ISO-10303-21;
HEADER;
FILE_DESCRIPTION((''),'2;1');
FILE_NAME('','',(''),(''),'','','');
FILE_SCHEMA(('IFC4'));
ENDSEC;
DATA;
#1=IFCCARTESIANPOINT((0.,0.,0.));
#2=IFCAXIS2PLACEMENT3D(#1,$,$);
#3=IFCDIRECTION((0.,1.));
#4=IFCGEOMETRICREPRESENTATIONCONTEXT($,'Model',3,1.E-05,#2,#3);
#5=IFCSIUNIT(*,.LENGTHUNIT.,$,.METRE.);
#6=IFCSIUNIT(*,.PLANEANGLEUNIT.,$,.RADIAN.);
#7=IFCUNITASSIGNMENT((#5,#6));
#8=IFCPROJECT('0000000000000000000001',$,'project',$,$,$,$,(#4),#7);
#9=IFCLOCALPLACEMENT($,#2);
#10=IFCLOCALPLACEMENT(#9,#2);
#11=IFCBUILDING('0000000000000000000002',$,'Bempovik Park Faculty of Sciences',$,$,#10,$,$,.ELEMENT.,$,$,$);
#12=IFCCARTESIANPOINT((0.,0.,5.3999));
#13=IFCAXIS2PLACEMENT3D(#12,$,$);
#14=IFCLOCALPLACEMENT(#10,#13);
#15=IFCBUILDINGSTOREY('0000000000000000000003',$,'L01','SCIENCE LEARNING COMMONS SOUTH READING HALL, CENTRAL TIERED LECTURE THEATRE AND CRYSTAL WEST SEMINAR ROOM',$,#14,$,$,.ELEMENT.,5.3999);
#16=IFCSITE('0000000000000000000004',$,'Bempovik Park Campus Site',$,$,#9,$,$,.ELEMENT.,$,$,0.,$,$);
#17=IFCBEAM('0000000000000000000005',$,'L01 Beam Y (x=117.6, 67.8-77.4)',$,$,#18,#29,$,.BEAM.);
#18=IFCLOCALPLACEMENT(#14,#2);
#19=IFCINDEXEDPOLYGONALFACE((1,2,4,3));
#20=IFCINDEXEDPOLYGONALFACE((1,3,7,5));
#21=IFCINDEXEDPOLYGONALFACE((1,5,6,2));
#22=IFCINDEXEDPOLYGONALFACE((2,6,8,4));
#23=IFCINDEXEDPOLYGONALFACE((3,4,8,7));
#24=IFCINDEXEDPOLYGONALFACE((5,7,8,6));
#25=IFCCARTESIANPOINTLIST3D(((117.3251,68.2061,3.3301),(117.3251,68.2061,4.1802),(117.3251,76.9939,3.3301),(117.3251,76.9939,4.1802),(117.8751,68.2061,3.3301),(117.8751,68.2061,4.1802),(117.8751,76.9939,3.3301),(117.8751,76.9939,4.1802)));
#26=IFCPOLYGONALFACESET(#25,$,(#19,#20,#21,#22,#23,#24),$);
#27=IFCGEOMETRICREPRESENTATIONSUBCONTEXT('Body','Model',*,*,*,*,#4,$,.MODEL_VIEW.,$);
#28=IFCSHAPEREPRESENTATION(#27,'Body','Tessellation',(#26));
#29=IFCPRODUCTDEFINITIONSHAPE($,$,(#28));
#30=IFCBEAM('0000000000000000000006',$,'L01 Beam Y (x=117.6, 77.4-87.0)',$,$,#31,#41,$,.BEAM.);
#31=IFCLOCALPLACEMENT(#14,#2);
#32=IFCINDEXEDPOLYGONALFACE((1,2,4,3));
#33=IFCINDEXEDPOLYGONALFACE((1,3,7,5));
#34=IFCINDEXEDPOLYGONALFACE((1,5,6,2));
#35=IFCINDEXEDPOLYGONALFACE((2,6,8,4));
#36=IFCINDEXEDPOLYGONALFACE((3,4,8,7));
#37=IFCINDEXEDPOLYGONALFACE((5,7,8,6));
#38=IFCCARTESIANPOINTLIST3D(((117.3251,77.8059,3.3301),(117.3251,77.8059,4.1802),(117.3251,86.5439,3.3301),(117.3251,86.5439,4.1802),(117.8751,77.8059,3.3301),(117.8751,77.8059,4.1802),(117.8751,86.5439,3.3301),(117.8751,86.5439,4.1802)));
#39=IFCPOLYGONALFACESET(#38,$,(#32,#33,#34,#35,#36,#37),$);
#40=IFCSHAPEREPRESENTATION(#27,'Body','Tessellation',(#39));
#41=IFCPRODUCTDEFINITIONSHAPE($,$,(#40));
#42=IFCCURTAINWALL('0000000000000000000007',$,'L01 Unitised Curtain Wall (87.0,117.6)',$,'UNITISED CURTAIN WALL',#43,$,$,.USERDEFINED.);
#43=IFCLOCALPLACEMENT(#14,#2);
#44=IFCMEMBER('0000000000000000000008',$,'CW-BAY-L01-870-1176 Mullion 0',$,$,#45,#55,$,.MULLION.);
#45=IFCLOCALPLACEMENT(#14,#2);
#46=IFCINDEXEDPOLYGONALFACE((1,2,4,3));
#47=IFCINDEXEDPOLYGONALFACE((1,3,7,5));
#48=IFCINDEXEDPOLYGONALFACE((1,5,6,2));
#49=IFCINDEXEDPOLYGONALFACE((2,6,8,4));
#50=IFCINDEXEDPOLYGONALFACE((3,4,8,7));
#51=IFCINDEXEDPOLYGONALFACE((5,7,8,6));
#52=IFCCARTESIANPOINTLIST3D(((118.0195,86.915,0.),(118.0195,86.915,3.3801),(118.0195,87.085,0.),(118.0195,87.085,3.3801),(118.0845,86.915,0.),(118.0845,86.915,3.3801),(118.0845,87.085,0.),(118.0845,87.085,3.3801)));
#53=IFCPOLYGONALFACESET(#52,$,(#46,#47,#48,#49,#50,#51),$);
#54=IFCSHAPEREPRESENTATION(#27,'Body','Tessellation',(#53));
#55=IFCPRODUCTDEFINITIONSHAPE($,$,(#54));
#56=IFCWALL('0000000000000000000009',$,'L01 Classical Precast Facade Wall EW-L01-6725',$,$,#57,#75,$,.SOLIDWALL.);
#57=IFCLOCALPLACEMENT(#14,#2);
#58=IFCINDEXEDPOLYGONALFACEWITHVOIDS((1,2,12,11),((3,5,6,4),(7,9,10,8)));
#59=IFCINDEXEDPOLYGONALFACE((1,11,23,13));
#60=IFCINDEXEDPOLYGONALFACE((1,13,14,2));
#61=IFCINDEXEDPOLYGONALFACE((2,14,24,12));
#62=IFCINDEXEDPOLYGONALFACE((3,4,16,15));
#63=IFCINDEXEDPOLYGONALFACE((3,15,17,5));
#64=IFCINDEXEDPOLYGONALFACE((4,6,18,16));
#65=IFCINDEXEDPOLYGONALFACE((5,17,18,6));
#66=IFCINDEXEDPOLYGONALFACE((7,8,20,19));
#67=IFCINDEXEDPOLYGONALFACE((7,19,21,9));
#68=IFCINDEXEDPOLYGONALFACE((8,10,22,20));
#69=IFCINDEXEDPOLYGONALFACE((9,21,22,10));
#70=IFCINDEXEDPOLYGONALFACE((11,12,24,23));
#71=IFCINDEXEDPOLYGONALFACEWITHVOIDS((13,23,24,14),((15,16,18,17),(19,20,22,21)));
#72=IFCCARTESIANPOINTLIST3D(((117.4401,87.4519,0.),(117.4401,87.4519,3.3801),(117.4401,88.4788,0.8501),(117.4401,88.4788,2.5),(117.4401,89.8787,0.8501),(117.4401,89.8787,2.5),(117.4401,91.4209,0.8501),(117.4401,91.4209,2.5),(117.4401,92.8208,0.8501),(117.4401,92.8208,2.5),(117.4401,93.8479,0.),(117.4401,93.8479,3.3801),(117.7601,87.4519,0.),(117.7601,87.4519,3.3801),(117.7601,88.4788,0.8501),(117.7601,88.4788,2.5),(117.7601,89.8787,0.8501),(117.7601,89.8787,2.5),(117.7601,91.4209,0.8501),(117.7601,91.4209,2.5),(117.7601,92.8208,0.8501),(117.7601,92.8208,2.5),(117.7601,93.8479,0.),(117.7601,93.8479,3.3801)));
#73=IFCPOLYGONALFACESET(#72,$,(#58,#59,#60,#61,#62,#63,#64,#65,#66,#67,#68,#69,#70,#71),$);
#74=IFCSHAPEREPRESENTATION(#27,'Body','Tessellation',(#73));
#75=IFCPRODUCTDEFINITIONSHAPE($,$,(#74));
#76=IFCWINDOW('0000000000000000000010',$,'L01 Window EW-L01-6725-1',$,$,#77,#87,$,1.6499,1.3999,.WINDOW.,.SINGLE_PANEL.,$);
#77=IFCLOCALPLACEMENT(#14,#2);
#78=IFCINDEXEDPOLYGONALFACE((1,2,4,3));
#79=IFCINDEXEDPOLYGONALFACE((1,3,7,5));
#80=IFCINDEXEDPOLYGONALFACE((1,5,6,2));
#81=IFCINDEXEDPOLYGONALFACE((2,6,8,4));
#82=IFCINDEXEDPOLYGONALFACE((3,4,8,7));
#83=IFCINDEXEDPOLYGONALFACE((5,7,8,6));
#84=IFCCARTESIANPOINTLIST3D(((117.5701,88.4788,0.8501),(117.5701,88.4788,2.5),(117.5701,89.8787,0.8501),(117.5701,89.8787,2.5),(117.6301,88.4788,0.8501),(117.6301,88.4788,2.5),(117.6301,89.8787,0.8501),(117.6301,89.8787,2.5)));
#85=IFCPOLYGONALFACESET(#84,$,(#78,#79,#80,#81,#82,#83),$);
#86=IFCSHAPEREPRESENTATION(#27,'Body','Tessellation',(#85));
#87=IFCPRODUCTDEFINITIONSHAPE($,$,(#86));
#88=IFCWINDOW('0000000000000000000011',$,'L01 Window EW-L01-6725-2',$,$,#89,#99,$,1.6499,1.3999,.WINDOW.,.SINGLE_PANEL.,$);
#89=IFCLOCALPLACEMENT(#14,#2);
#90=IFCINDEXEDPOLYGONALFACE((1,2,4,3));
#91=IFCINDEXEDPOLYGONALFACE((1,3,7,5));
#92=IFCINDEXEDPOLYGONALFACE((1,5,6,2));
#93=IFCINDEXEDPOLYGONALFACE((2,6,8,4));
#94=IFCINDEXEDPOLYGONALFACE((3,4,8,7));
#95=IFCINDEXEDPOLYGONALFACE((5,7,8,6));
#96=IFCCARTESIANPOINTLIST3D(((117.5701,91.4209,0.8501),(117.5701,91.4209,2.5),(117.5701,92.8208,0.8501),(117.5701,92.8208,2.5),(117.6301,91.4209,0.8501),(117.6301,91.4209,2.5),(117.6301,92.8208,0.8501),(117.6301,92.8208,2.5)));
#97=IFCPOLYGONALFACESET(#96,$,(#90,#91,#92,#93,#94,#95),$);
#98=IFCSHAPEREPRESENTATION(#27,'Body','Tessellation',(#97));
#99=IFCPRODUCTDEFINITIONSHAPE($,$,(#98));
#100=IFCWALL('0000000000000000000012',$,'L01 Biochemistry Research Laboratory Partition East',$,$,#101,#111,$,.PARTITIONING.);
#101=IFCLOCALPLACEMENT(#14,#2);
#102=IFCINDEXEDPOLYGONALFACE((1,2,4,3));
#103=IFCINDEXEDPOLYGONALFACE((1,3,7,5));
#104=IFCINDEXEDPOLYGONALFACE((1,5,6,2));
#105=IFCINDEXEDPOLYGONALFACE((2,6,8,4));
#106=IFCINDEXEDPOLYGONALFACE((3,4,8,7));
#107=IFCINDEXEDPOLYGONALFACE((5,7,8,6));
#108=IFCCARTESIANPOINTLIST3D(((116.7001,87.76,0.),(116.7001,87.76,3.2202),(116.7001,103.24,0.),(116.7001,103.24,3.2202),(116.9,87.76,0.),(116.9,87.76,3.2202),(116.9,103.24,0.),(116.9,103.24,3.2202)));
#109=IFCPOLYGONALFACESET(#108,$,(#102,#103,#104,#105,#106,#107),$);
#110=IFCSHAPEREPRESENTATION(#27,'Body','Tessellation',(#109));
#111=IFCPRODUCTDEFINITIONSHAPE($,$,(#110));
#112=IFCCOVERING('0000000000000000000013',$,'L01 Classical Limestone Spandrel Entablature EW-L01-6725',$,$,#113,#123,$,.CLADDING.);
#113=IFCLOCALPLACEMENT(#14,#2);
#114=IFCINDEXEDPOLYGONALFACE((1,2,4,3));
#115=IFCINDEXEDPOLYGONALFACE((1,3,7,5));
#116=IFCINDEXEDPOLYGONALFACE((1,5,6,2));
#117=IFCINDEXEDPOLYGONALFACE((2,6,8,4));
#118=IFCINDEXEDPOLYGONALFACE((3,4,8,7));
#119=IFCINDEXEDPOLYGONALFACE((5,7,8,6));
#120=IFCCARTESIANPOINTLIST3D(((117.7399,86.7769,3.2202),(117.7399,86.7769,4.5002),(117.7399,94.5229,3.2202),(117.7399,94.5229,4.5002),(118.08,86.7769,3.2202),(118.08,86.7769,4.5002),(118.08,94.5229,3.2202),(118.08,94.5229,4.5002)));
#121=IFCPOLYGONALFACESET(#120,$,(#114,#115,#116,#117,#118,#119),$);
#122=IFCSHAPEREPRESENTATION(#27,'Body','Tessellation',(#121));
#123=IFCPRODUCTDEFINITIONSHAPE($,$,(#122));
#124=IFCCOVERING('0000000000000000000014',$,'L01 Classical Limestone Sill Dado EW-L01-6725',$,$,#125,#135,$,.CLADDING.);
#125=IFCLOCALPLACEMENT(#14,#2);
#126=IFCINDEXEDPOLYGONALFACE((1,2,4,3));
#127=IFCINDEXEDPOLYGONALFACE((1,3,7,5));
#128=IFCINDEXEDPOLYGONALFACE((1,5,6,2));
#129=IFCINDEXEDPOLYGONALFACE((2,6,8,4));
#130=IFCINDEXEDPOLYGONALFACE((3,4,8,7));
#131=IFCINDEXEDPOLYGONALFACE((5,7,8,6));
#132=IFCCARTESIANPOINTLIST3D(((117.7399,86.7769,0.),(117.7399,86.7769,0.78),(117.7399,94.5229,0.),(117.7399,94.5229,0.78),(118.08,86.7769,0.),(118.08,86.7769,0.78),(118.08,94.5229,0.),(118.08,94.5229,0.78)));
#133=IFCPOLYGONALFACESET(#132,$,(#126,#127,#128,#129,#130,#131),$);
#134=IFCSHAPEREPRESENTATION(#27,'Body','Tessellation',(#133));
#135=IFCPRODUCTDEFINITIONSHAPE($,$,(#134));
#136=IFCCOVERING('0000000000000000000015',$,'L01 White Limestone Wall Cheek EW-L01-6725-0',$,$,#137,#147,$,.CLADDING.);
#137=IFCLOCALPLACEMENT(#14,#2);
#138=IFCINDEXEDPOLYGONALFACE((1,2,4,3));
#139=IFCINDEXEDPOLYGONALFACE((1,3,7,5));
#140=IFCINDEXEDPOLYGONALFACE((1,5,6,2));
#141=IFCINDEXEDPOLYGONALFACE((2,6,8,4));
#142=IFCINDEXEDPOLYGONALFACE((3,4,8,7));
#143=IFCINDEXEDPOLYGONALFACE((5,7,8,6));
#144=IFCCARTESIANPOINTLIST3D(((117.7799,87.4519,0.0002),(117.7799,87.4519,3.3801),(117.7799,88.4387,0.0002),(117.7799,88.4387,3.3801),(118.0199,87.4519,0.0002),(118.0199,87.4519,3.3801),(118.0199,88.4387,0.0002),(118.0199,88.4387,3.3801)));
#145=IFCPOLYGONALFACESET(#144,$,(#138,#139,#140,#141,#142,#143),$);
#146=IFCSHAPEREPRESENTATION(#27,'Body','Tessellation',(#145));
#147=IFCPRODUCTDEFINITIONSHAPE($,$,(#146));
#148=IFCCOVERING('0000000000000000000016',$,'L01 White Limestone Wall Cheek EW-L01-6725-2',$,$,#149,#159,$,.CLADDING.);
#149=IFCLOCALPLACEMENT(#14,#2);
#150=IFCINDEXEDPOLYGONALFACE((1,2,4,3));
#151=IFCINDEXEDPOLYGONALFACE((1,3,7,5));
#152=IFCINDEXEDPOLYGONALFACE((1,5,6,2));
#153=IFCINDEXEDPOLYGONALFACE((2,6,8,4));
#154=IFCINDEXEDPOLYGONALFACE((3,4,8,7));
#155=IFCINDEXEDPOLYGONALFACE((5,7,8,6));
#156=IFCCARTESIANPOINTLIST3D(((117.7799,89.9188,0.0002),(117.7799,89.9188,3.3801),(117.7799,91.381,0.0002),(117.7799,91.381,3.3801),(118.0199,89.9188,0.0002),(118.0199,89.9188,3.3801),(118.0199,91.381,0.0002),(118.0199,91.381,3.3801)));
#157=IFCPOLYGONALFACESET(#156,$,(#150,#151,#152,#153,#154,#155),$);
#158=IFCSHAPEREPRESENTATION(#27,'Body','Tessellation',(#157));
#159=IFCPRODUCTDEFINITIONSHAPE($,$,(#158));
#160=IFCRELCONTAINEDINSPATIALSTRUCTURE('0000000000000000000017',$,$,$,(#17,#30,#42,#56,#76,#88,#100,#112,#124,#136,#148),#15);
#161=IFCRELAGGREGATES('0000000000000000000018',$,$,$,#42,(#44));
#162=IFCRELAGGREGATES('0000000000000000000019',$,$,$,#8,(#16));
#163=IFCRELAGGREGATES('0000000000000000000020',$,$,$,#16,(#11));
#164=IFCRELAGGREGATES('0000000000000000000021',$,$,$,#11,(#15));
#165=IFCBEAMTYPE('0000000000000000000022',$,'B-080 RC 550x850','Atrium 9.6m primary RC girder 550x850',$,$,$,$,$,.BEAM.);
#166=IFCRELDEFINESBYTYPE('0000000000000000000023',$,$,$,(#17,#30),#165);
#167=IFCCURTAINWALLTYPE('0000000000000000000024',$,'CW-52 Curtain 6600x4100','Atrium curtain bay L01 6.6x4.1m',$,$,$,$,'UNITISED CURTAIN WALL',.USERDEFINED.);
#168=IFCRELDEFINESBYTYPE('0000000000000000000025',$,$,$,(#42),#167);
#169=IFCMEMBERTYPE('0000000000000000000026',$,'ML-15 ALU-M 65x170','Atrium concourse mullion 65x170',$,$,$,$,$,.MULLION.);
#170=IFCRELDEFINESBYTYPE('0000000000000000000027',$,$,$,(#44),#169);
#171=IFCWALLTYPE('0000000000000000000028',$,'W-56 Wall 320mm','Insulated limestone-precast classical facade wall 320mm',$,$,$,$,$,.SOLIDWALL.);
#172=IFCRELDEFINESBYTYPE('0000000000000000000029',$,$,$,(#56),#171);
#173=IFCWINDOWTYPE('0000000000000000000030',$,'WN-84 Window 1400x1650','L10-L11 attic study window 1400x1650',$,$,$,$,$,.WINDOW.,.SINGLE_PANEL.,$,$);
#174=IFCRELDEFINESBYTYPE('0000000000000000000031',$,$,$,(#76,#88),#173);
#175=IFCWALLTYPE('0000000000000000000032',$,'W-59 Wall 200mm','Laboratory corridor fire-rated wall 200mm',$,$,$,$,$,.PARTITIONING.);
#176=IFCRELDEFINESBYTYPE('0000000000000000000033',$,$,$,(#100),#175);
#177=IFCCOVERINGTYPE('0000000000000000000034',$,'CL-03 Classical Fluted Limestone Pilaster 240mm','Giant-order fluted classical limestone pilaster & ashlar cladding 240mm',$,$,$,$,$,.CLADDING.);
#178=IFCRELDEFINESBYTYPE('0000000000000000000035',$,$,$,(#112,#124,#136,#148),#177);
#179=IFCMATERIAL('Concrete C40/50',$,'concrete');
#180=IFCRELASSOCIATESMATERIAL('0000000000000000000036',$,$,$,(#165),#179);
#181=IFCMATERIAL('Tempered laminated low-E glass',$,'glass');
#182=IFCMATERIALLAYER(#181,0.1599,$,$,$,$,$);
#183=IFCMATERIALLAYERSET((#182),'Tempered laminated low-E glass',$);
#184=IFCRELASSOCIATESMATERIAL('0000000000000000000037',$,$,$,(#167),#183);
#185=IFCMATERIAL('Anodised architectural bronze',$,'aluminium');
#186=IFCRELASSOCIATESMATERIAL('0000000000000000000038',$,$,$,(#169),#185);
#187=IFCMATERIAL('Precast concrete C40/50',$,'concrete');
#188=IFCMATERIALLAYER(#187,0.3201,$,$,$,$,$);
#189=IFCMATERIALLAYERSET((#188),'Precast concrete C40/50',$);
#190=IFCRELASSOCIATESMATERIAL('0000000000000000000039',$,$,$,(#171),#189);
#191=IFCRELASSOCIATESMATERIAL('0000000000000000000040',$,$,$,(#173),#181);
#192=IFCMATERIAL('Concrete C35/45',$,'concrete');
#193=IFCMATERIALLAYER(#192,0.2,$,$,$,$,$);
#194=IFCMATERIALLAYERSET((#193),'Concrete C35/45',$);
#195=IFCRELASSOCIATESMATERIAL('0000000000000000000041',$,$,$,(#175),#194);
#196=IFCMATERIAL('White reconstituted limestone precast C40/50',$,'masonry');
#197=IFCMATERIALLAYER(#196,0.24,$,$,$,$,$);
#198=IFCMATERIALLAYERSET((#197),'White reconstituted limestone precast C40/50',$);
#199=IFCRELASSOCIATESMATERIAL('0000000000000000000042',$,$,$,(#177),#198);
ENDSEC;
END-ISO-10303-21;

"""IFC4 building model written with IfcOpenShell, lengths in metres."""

from ifc_helpers import new_model, si_unit, direction, frame, frame_2d, origin, origin_2d, place, context, subcontext, project, spatial, rectangle, extrude, material, layer, layer_set, material_profile, profile_set, type_object, element, fill, aggregate, save


model = new_model("IFC4")

# Units and contexts
model_context = context("Model", 3, precision=1e-05, world=origin(), true_north=direction((0.0, 1.0)))
body_context = subcontext(model_context, "Body", "Model", "MODEL_VIEW")
ifc_project = project(units=[si_unit("LENGTHUNIT", "METRE"), si_unit("PLANEANGLEUNIT", "RADIAN")], contexts=[model_context])

# Site, building, storey
site_placement = place(None, origin())
site = spatial("IfcSite", under=ifc_project, at=site_placement, Name="Bempovik Park Campus Site", CompositionType="ELEMENT", RefElevation=0.0)
building_placement = place(site_placement, origin())
building = spatial("IfcBuilding", under=site, at=building_placement, Name="Bempovik Park Faculty of Sciences", CompositionType="ELEMENT")
storey_placement = place(building_placement, frame((0.0, 0.0, 5.3999)))
storey = spatial("IfcBuildingStorey", under=building, at=storey_placement, Name="L01", Description="SCIENCE LEARNING COMMONS SOUTH READING HALL, CENTRAL TIERED LECTURE THEATRE AND CRYSTAL WEST SEMINAR ROOM", CompositionType="ELEMENT", Elevation=5.3999)

# Shared definitions
ifc_material_1 = material(Name="Concrete C40/50", Category="concrete")

# Beams
ifc_material_2 = material(Name="Concrete C35/45", Category="concrete")
ifc_material_profile_1 = material_profile(ifc_material_1, rectangle(XDim=0.55, YDim=0.8501, at=origin_2d()), Name="RC 550x850")
ifc_profile_set_1 = profile_set([ifc_material_profile_1], Name="Concrete C40/50")
beam_type_1 = type_object("IfcBeamType", Name="B-080 RC 550x850", Description="Atrium 9.6m primary RC girder 550x850", PredefinedType="BEAM", material=ifc_profile_set_1)
beam_1_placement = place(storey_placement, frame((117.6001, 68.2061, 3.7551), z_axis=(0.0, 1.0, 0.0), x_axis=(-1.0, 0.0, 0.0)))
element("IfcBeam", 1, at=beam_1_placement, inside=storey, type_object=beam_type_1, Name="L01 Beam Y (x=117.6, 67.8-77.4)", PredefinedType="BEAM", context=body_context, shape_type="SweptSolid", body=[
    extrude(rectangle(XDim=0.55, YDim=0.8501, at=origin_2d()), origin(), (0.0, 0.0, 1.0), 8.7878),
])
beam_2_placement = place(storey_placement, frame((117.6001, 77.8059, 3.7551), z_axis=(0.0, 1.0, 0.0), x_axis=(-1.0, 0.0, 0.0)))
element("IfcBeam", 2, at=beam_2_placement, inside=storey, type_object=beam_type_1, Name="L01 Beam Y (x=117.6, 77.4-87.0)", PredefinedType="BEAM", context=body_context, shape_type="SweptSolid", body=[
    extrude(rectangle(XDim=0.55, YDim=0.8501, at=origin_2d()), origin(), (0.0, 0.0, 1.0), 8.738),
])

# Curtain wall, member
ifc_material_3 = material(Name="Tempered laminated low-E glass", Category="glass")
ifc_layer_1 = layer(ifc_material_3, 0.1599)
ifc_layer_set_1 = layer_set([ifc_layer_1], Name="Tempered laminated low-E glass")
curtain_wall_type = type_object("IfcCurtainWallType", Name="CW-52 Curtain 6600x4100", Description="Atrium curtain bay L01 6.6x4.1m", ElementType="UNITISED CURTAIN WALL", PredefinedType="USERDEFINED", material=ifc_layer_set_1)
curtain_wall_placement = place(storey_placement, origin())
curtain_wall = element("IfcCurtainWall", 3, at=curtain_wall_placement, inside=storey, type_object=curtain_wall_type, Name="L01 Unitised Curtain Wall (87.0,117.6)", ObjectType="UNITISED CURTAIN WALL", PredefinedType="USERDEFINED")
ifc_material_4 = material(Name="Anodised architectural bronze", Category="aluminium")
ifc_material_profile_2 = material_profile(ifc_material_4, rectangle(XDim=0.0649, YDim=0.1699, at=origin_2d()), Name="ALU-M 65x170")
ifc_profile_set_2 = profile_set([ifc_material_profile_2], Name="Anodised architectural bronze")
member_type = type_object("IfcMemberType", Name="ML-15 ALU-M 65x170", Description="Atrium concourse mullion 65x170", PredefinedType="MULLION", material=ifc_profile_set_2)
member_placement = place(storey_placement, frame((118.052, 87.0, 0.0), z_axis=(0.0, 0.0, 1.0), x_axis=(1.0, 0.0, 0.0)))
member = element("IfcMember", 4, at=member_placement, type_object=member_type, Name="CW-BAY-L01-870-1176 Mullion 0", PredefinedType="MULLION", context=body_context, shape_type="SweptSolid", body=[
    extrude(rectangle(XDim=0.0649, YDim=0.1699, at=origin_2d()), origin(), (0.0, 0.0, 1.0), 3.3801),
])
aggregate(curtain_wall, [member])

# Wall, openings, windows
ifc_material_5 = material(Name="Precast concrete C40/50", Category="concrete")
ifc_layer_2 = layer(ifc_material_5, 0.3201)
ifc_layer_set_2 = layer_set([ifc_layer_2], Name="Precast concrete C40/50")
wall_type_1 = type_object("IfcWallType", Name="W-56 Wall 320mm", Description="Insulated limestone-precast classical facade wall 320mm", PredefinedType="SOLIDWALL", material=ifc_layer_set_2)
wall_1_placement = place(storey_placement, frame((117.6001, 87.4519, 0.0), z_axis=(0.0, 0.0, 1.0), x_axis=(0.0, 1.0, 0.0)))
wall_1 = element("IfcWall", 5, at=wall_1_placement, inside=storey, type_object=wall_type_1, Name="L01 Classical Precast Facade Wall EW-L01-6725", PredefinedType="SOLIDWALL", context=body_context, shape_type="SweptSolid", body=[
    extrude(rectangle(XDim=6.396, YDim=0.3201, at=frame_2d((3.198, 0.0))), origin(), (0.0, 0.0, 1.0), 3.3801),
])
opening_1_placement = place(wall_1_placement, frame((1.0269, 0.0, 0.8501)))
opening_1 = element("IfcOpeningElement", 6, at=opening_1_placement, cuts=wall_1, PredefinedType="OPENING", context=body_context, shape_type="SweptSolid", body=[
    extrude(rectangle(XDim=1.3999, YDim=1.6499, at=frame_2d((0.7, 0.825))), frame((0.0, 0.1699, 0.0), z_axis=(0.0, -1.0, 0.0), x_axis=(1.0, 0.0, 0.0)), (0.0, 0.0, 1.0), 0.3401),
])
opening_2_placement = place(wall_1_placement, frame((3.969, 0.0, 0.8501)))
opening_2 = element("IfcOpeningElement", 7, at=opening_2_placement, cuts=wall_1, PredefinedType="OPENING", context=body_context, shape_type="SweptSolid", body=[
    extrude(rectangle(XDim=1.3999, YDim=1.6499, at=frame_2d((0.7, 0.825))), frame((0.0, 0.1699, 0.0), z_axis=(0.0, -1.0, 0.0), x_axis=(1.0, 0.0, 0.0)), (0.0, 0.0, 1.0), 0.3401),
])
window_type = type_object("IfcWindowType", Name="WN-84 Window 1400x1650", Description="L10-L11 attic study window 1400x1650", PartitioningType="SINGLE_PANEL", PredefinedType="WINDOW", material=ifc_material_3)
window_1_placement = place(opening_1_placement, origin())
window_1 = element("IfcWindow", 8, at=window_1_placement, inside=storey, type_object=window_type, Name="L01 Window EW-L01-6725-1", OverallHeight=1.6499, OverallWidth=1.3999, PartitioningType="SINGLE_PANEL", PredefinedType="WINDOW", context=body_context, shape_type="SweptSolid", body=[
    extrude(rectangle(XDim=1.3999, YDim=1.6499, at=frame_2d((0.7, 0.825))), frame((0.0, 0.03, 0.0), z_axis=(0.0, -1.0, 0.0), x_axis=(1.0, 0.0, 0.0)), (0.0, 0.0, 1.0), 0.0601),
])
fill(opening_1, window_1)
window_2_placement = place(opening_2_placement, origin())
window_2 = element("IfcWindow", 9, at=window_2_placement, inside=storey, type_object=window_type, Name="L01 Window EW-L01-6725-2", OverallHeight=1.6499, OverallWidth=1.3999, PartitioningType="SINGLE_PANEL", PredefinedType="WINDOW", context=body_context, shape_type="SweptSolid", body=[
    extrude(rectangle(XDim=1.3999, YDim=1.6499, at=frame_2d((0.7, 0.825))), frame((0.0, 0.03, 0.0), z_axis=(0.0, -1.0, 0.0), x_axis=(1.0, 0.0, 0.0)), (0.0, 0.0, 1.0), 0.0601),
])
fill(opening_2, window_2)

# Wall
ifc_layer_3 = layer(ifc_material_2, 0.2)
ifc_layer_set_3 = layer_set([ifc_layer_3], Name="Concrete C35/45")
wall_type_2 = type_object("IfcWallType", Name="W-59 Wall 200mm", Description="Laboratory corridor fire-rated wall 200mm", PredefinedType="PARTITIONING", material=ifc_layer_set_3)
wall_2_placement = place(storey_placement, frame((116.8, 87.76, 0.0), z_axis=(0.0, 0.0, 1.0), x_axis=(0.0, 1.0, 0.0)))
element("IfcWall", 10, at=wall_2_placement, inside=storey, type_object=wall_type_2, Name="L01 Biochemistry Research Laboratory Partition East", PredefinedType="PARTITIONING", context=body_context, shape_type="SweptSolid", body=[
    extrude(rectangle(XDim=15.48, YDim=0.2, at=frame_2d((7.74, 0.0))), origin(), (0.0, 0.0, 1.0), 3.2202),
])

# Coverings
ifc_material_6 = material(Name="White reconstituted limestone precast C40/50", Category="masonry")
ifc_layer_4 = layer(ifc_material_6, 0.24)
ifc_layer_set_4 = layer_set([ifc_layer_4], Name="White reconstituted limestone precast C40/50")
covering_type = type_object("IfcCoveringType", Name="CL-03 Classical Fluted Limestone Pilaster 240mm", Description="Giant-order fluted classical limestone pilaster & ashlar cladding 240mm", PredefinedType="CLADDING", material=ifc_layer_set_4)
covering_1_placement = place(storey_placement, frame((117.9099, 90.6499, 3.2202), z_axis=(0.0, 0.0, 1.0), x_axis=(1.0, 0.0, 0.0)))
element("IfcCovering", 11, at=covering_1_placement, inside=storey, type_object=covering_type, Name="L01 Classical Limestone Spandrel Entablature EW-L01-6725", PredefinedType="CLADDING", context=body_context, shape_type="SweptSolid", body=[
    extrude(rectangle(XDim=0.3401, YDim=7.7461, at=origin_2d()), origin(), (0.0, 0.0, 1.0), 1.28),
])
covering_2_placement = place(storey_placement, frame((117.9099, 90.6499, 0.0), z_axis=(0.0, 0.0, 1.0), x_axis=(1.0, 0.0, 0.0)))
element("IfcCovering", 12, at=covering_2_placement, inside=storey, type_object=covering_type, Name="L01 Classical Limestone Sill Dado EW-L01-6725", PredefinedType="CLADDING", context=body_context, shape_type="SweptSolid", body=[
    extrude(rectangle(XDim=0.3401, YDim=7.7461, at=origin_2d()), origin(), (0.0, 0.0, 1.0), 0.78),
])
covering_3_placement = place(storey_placement, frame((117.8999, 87.9453, 0.0002), z_axis=(0.0, 0.0, 1.0), x_axis=(1.0, 0.0, 0.0)))
element("IfcCovering", 13, at=covering_3_placement, inside=storey, type_object=covering_type, Name="L01 White Limestone Wall Cheek EW-L01-6725-0", PredefinedType="CLADDING", context=body_context, shape_type="SweptSolid", body=[
    extrude(rectangle(XDim=0.24, YDim=0.9868, at=origin_2d()), origin(), (0.0, 0.0, 1.0), 3.3799),
])
covering_4_placement = place(storey_placement, frame((117.8999, 90.6499, 0.0002), z_axis=(0.0, 0.0, 1.0), x_axis=(1.0, 0.0, 0.0)))
element("IfcCovering", 14, at=covering_4_placement, inside=storey, type_object=covering_type, Name="L01 White Limestone Wall Cheek EW-L01-6725-2", PredefinedType="CLADDING", context=body_context, shape_type="SweptSolid", body=[
    extrude(rectangle(XDim=0.24, YDim=1.4622, at=origin_2d()), origin(), (0.0, 0.0, 1.0), 3.3799),
])

save(model, "model.ifc")
